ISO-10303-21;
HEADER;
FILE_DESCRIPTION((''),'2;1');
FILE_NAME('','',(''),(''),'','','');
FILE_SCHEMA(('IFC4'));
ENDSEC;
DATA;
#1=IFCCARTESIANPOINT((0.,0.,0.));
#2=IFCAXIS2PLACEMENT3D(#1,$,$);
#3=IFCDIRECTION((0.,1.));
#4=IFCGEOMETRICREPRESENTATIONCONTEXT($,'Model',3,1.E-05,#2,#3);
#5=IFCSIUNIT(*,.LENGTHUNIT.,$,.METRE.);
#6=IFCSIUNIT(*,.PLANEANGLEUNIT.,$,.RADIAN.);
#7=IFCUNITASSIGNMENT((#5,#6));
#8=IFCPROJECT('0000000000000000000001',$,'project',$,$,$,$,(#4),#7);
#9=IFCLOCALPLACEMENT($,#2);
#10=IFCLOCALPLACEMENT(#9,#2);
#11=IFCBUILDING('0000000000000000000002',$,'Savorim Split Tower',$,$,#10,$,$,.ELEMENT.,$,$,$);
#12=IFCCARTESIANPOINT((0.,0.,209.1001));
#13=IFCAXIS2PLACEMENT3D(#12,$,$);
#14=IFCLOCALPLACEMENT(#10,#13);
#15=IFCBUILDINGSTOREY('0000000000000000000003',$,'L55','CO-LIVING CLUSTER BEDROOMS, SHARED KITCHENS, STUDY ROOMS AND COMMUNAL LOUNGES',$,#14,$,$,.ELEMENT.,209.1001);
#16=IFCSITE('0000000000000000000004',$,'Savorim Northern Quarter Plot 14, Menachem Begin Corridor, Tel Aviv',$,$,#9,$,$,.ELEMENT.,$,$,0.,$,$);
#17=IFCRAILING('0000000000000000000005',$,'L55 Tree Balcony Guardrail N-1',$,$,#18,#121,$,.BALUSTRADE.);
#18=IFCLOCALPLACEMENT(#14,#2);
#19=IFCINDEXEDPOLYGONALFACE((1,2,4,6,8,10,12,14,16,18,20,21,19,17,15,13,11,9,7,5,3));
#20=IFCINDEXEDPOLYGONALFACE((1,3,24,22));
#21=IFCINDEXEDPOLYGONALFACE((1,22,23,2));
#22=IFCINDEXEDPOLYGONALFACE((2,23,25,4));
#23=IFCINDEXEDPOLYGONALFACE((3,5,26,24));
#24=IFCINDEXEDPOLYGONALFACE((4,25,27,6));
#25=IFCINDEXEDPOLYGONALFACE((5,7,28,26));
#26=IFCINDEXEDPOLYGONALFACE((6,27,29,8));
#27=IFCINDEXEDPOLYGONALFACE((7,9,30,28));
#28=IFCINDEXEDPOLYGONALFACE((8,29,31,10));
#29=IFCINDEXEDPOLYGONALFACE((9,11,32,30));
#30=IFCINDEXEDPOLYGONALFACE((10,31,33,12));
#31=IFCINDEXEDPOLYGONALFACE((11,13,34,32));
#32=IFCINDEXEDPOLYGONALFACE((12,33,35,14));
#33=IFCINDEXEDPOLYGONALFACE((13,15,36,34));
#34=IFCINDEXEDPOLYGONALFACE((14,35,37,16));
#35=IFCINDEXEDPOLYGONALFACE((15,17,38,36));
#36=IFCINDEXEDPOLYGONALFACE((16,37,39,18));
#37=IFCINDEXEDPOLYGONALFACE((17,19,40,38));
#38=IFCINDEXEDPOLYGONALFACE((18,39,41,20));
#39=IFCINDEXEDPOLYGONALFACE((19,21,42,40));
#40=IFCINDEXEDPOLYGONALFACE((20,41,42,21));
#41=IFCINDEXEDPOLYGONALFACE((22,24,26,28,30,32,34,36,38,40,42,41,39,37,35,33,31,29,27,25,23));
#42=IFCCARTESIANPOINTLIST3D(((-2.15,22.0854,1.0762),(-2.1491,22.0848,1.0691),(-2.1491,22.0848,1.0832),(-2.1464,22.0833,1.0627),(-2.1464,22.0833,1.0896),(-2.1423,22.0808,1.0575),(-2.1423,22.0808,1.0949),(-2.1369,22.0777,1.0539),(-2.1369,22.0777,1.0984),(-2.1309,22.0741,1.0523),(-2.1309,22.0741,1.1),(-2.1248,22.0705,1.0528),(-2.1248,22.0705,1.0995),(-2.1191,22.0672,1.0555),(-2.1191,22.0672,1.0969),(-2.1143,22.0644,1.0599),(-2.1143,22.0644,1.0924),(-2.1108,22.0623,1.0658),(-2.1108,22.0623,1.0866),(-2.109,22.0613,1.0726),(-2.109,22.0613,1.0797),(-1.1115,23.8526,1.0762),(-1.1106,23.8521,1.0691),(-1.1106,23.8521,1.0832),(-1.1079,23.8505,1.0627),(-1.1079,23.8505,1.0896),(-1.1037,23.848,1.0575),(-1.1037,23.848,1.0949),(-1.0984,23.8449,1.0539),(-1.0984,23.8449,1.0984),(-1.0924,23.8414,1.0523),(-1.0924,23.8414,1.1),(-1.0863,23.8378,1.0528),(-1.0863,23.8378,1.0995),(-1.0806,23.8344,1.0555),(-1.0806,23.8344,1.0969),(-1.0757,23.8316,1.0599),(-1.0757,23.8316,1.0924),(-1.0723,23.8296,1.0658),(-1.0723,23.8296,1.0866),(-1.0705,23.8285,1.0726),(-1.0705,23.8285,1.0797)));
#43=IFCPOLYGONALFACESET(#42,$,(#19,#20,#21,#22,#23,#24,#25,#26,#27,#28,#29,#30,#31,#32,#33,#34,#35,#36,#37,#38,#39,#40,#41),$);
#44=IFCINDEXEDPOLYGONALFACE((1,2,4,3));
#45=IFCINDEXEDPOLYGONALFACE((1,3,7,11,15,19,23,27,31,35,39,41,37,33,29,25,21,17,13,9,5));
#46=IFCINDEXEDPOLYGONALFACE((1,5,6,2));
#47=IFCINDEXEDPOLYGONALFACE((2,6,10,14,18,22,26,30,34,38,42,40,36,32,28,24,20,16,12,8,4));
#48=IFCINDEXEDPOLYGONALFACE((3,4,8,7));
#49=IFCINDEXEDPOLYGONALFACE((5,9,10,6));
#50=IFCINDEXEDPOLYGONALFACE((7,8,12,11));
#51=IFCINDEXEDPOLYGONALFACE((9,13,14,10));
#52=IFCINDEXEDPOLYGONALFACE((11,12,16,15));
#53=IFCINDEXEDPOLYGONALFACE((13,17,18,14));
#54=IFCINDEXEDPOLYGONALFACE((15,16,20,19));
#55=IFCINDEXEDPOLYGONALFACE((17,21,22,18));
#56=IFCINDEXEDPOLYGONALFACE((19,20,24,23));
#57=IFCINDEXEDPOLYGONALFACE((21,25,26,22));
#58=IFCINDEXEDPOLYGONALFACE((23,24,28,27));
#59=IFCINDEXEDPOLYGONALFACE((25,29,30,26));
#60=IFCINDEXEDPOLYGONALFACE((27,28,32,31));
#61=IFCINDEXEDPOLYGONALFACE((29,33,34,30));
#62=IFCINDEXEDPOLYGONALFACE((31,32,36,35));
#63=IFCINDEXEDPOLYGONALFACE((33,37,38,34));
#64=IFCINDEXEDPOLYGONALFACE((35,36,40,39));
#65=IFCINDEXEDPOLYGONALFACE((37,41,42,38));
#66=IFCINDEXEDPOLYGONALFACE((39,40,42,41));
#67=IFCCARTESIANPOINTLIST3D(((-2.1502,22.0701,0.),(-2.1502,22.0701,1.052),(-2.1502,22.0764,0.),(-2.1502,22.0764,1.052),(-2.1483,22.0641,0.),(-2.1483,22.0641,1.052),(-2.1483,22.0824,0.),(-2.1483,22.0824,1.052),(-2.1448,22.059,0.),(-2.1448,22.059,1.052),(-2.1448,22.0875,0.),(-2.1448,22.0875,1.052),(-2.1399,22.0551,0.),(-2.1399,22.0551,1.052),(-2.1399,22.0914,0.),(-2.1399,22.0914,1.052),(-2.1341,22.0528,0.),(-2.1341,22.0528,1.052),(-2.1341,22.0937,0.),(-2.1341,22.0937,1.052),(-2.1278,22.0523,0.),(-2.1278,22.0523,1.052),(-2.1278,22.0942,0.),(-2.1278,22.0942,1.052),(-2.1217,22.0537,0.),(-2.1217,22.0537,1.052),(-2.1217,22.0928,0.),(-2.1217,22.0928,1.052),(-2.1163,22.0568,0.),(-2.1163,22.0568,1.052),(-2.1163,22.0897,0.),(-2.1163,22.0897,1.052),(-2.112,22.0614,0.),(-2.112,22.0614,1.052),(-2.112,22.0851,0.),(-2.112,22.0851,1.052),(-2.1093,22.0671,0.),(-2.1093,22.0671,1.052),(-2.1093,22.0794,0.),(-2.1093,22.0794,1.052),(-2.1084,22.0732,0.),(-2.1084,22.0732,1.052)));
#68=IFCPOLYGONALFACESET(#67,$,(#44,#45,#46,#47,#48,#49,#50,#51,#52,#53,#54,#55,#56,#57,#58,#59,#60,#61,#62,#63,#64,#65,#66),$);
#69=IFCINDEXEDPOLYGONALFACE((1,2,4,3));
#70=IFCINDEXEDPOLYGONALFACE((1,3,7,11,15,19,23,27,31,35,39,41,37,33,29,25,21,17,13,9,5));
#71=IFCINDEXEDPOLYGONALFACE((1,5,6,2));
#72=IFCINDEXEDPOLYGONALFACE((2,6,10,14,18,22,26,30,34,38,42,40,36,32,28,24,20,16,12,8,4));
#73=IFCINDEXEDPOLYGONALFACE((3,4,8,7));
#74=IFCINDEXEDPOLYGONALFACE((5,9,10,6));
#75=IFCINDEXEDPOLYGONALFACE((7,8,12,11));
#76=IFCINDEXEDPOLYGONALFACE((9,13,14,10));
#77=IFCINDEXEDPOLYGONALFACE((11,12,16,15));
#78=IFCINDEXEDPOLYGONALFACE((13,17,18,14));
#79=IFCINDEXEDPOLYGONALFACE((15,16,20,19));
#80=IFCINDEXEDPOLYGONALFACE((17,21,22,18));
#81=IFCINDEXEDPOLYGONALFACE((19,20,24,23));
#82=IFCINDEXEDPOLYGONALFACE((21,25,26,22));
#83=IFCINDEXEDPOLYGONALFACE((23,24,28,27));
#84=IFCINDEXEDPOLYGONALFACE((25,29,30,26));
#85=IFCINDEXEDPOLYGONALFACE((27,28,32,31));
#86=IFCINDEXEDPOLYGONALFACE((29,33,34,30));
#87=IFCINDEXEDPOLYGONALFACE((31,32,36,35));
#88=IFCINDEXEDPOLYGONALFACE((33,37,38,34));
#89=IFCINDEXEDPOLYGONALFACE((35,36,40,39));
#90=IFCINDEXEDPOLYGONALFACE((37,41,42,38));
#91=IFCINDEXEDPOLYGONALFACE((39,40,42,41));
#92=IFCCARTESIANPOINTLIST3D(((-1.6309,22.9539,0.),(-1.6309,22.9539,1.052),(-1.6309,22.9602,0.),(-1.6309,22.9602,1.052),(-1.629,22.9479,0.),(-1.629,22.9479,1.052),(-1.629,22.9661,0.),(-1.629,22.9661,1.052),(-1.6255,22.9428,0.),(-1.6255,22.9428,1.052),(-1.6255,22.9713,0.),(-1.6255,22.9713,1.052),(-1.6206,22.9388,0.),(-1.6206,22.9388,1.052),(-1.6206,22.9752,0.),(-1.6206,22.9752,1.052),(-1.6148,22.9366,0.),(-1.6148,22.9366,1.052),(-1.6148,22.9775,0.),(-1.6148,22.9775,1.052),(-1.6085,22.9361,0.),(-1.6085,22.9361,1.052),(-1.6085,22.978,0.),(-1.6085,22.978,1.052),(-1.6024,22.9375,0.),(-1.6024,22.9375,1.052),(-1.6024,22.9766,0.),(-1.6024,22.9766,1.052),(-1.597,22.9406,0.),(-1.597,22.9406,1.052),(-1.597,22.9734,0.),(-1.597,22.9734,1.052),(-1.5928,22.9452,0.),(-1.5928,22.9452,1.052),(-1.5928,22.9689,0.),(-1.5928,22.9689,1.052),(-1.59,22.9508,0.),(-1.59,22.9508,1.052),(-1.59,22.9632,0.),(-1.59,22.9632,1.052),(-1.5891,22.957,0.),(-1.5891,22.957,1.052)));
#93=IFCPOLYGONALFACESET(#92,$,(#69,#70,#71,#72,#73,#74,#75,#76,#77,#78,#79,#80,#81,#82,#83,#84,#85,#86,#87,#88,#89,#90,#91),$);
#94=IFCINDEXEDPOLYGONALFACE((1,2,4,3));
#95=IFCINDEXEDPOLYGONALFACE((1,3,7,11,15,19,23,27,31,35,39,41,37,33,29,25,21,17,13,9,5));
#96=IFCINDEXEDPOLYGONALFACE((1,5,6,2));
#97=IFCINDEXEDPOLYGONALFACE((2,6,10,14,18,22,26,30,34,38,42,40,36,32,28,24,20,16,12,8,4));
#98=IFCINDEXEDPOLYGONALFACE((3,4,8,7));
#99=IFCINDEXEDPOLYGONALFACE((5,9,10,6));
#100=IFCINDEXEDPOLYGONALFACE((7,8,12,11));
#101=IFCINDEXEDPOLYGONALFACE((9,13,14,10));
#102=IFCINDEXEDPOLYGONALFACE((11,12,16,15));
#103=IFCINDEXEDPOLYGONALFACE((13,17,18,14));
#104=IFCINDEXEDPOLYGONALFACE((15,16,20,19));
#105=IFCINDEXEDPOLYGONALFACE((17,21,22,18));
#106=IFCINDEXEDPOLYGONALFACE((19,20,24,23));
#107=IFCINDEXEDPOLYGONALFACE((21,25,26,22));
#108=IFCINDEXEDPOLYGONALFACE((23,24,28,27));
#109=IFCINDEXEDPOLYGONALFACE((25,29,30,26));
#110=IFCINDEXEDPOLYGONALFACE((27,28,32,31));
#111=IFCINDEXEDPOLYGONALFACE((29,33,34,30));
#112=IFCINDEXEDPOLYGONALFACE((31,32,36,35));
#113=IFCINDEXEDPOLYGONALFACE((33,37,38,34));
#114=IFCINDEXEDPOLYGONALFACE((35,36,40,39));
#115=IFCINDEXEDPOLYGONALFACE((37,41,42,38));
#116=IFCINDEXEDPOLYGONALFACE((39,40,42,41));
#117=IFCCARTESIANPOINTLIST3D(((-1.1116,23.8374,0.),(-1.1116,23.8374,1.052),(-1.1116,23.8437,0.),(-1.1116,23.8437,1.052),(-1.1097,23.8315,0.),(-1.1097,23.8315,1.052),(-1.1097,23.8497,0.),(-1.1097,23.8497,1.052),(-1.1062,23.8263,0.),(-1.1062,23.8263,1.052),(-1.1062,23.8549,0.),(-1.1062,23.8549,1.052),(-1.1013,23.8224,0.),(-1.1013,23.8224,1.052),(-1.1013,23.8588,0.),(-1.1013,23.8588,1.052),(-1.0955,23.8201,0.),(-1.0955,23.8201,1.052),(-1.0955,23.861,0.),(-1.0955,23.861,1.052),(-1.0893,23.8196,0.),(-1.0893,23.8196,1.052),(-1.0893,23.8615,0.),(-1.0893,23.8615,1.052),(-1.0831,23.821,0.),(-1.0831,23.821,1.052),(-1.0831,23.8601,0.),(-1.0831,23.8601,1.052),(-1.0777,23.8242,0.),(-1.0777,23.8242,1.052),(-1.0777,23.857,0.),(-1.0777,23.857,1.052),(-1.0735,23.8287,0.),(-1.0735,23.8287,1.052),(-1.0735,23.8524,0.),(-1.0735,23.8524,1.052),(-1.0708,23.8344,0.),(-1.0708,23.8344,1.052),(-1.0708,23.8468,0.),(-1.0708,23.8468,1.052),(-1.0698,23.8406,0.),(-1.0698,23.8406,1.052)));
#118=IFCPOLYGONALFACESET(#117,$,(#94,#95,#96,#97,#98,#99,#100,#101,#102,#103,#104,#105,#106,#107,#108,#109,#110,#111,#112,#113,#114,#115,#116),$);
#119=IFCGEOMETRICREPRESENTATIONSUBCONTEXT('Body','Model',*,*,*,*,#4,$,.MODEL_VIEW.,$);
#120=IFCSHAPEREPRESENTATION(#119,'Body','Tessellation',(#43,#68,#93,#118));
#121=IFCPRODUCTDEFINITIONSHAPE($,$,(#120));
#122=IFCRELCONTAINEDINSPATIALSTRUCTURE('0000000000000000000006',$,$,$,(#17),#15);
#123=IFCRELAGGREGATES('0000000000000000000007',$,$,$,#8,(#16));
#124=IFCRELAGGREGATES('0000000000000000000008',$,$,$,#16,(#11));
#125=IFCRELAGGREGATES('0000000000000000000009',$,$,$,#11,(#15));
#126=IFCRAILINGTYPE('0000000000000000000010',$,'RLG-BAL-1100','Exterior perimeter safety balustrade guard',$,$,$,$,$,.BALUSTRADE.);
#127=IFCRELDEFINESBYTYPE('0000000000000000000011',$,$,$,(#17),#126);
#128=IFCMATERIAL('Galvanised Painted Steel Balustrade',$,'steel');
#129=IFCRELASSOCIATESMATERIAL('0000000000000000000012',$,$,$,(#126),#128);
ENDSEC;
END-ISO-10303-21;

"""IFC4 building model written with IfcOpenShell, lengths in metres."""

from ifc_helpers import new_model, si_unit, direction, frame, origin, origin_2d, place, context, subcontext, project, spatial, circle, extrude, material, type_object, element, save


model = new_model("IFC4")

# Units and contexts
model_context = context("Model", 3, precision=1e-05, world=origin(), true_north=direction((0.0, 1.0)))
body_context = subcontext(model_context, "Body", "Model", "MODEL_VIEW")
ifc_project = project(units=[si_unit("LENGTHUNIT", "METRE"), si_unit("PLANEANGLEUNIT", "RADIAN")], contexts=[model_context])

# Site, building, storey
site_placement = place(None, origin())
site = spatial("IfcSite", under=ifc_project, at=site_placement, Name="Savorim Northern Quarter Plot 14, Menachem Begin Corridor, Tel Aviv", CompositionType="ELEMENT", RefElevation=0.0)
building_placement = place(site_placement, origin())
building = spatial("IfcBuilding", under=site, at=building_placement, Name="Savorim Split Tower", CompositionType="ELEMENT")
storey_placement = place(building_placement, frame((0.0, 0.0, 209.1001)))
storey = spatial("IfcBuildingStorey", under=building, at=storey_placement, Name="L55", Description="CO-LIVING CLUSTER BEDROOMS, SHARED KITCHENS, STUDY ROOMS AND COMMUNAL LOUNGES", CompositionType="ELEMENT", Elevation=209.1001)

# Railing
ifc_material_1 = material(Name="Galvanised Painted Steel Balustrade", Category="steel")
railing_type = type_object("IfcRailingType", Name="RLG-BAL-1100", Description="Exterior perimeter safety balustrade guard", PredefinedType="BALUSTRADE", material=ifc_material_1)
railing_1_placement = place(storey_placement, frame((-2.1294, 22.0732, 0.0)))
element("IfcRailing", 1, at=railing_1_placement, inside=storey, type_object=railing_type, Name="L55 Tree Balcony Guardrail N-1", PredefinedType="BALUSTRADE", context=body_context, shape_type="SweptSolid", body=[
    extrude(circle(Radius=0.0239, at=origin_2d()), frame((0.0, 0.0, 1.0762), z_axis=(0.506645, 0.862155, 0.0), x_axis=(-0.862155, 0.506645, 0.0)), (0.0, 0.0, 1.0), 2.0498),
    extrude(circle(Radius=0.021, at=origin_2d()), origin(), (0.0, 0.0, 1.0), 1.052),
    extrude(circle(Radius=0.021, at=origin_2d()), frame((0.5193, 0.8838, 0.0)), (0.0, 0.0, 1.0), 1.052),
    extrude(circle(Radius=0.021, at=origin_2d()), frame((1.0386, 1.7673, 0.0)), (0.0, 0.0, 1.0), 1.052),
])

save(model, "model.ifc")
